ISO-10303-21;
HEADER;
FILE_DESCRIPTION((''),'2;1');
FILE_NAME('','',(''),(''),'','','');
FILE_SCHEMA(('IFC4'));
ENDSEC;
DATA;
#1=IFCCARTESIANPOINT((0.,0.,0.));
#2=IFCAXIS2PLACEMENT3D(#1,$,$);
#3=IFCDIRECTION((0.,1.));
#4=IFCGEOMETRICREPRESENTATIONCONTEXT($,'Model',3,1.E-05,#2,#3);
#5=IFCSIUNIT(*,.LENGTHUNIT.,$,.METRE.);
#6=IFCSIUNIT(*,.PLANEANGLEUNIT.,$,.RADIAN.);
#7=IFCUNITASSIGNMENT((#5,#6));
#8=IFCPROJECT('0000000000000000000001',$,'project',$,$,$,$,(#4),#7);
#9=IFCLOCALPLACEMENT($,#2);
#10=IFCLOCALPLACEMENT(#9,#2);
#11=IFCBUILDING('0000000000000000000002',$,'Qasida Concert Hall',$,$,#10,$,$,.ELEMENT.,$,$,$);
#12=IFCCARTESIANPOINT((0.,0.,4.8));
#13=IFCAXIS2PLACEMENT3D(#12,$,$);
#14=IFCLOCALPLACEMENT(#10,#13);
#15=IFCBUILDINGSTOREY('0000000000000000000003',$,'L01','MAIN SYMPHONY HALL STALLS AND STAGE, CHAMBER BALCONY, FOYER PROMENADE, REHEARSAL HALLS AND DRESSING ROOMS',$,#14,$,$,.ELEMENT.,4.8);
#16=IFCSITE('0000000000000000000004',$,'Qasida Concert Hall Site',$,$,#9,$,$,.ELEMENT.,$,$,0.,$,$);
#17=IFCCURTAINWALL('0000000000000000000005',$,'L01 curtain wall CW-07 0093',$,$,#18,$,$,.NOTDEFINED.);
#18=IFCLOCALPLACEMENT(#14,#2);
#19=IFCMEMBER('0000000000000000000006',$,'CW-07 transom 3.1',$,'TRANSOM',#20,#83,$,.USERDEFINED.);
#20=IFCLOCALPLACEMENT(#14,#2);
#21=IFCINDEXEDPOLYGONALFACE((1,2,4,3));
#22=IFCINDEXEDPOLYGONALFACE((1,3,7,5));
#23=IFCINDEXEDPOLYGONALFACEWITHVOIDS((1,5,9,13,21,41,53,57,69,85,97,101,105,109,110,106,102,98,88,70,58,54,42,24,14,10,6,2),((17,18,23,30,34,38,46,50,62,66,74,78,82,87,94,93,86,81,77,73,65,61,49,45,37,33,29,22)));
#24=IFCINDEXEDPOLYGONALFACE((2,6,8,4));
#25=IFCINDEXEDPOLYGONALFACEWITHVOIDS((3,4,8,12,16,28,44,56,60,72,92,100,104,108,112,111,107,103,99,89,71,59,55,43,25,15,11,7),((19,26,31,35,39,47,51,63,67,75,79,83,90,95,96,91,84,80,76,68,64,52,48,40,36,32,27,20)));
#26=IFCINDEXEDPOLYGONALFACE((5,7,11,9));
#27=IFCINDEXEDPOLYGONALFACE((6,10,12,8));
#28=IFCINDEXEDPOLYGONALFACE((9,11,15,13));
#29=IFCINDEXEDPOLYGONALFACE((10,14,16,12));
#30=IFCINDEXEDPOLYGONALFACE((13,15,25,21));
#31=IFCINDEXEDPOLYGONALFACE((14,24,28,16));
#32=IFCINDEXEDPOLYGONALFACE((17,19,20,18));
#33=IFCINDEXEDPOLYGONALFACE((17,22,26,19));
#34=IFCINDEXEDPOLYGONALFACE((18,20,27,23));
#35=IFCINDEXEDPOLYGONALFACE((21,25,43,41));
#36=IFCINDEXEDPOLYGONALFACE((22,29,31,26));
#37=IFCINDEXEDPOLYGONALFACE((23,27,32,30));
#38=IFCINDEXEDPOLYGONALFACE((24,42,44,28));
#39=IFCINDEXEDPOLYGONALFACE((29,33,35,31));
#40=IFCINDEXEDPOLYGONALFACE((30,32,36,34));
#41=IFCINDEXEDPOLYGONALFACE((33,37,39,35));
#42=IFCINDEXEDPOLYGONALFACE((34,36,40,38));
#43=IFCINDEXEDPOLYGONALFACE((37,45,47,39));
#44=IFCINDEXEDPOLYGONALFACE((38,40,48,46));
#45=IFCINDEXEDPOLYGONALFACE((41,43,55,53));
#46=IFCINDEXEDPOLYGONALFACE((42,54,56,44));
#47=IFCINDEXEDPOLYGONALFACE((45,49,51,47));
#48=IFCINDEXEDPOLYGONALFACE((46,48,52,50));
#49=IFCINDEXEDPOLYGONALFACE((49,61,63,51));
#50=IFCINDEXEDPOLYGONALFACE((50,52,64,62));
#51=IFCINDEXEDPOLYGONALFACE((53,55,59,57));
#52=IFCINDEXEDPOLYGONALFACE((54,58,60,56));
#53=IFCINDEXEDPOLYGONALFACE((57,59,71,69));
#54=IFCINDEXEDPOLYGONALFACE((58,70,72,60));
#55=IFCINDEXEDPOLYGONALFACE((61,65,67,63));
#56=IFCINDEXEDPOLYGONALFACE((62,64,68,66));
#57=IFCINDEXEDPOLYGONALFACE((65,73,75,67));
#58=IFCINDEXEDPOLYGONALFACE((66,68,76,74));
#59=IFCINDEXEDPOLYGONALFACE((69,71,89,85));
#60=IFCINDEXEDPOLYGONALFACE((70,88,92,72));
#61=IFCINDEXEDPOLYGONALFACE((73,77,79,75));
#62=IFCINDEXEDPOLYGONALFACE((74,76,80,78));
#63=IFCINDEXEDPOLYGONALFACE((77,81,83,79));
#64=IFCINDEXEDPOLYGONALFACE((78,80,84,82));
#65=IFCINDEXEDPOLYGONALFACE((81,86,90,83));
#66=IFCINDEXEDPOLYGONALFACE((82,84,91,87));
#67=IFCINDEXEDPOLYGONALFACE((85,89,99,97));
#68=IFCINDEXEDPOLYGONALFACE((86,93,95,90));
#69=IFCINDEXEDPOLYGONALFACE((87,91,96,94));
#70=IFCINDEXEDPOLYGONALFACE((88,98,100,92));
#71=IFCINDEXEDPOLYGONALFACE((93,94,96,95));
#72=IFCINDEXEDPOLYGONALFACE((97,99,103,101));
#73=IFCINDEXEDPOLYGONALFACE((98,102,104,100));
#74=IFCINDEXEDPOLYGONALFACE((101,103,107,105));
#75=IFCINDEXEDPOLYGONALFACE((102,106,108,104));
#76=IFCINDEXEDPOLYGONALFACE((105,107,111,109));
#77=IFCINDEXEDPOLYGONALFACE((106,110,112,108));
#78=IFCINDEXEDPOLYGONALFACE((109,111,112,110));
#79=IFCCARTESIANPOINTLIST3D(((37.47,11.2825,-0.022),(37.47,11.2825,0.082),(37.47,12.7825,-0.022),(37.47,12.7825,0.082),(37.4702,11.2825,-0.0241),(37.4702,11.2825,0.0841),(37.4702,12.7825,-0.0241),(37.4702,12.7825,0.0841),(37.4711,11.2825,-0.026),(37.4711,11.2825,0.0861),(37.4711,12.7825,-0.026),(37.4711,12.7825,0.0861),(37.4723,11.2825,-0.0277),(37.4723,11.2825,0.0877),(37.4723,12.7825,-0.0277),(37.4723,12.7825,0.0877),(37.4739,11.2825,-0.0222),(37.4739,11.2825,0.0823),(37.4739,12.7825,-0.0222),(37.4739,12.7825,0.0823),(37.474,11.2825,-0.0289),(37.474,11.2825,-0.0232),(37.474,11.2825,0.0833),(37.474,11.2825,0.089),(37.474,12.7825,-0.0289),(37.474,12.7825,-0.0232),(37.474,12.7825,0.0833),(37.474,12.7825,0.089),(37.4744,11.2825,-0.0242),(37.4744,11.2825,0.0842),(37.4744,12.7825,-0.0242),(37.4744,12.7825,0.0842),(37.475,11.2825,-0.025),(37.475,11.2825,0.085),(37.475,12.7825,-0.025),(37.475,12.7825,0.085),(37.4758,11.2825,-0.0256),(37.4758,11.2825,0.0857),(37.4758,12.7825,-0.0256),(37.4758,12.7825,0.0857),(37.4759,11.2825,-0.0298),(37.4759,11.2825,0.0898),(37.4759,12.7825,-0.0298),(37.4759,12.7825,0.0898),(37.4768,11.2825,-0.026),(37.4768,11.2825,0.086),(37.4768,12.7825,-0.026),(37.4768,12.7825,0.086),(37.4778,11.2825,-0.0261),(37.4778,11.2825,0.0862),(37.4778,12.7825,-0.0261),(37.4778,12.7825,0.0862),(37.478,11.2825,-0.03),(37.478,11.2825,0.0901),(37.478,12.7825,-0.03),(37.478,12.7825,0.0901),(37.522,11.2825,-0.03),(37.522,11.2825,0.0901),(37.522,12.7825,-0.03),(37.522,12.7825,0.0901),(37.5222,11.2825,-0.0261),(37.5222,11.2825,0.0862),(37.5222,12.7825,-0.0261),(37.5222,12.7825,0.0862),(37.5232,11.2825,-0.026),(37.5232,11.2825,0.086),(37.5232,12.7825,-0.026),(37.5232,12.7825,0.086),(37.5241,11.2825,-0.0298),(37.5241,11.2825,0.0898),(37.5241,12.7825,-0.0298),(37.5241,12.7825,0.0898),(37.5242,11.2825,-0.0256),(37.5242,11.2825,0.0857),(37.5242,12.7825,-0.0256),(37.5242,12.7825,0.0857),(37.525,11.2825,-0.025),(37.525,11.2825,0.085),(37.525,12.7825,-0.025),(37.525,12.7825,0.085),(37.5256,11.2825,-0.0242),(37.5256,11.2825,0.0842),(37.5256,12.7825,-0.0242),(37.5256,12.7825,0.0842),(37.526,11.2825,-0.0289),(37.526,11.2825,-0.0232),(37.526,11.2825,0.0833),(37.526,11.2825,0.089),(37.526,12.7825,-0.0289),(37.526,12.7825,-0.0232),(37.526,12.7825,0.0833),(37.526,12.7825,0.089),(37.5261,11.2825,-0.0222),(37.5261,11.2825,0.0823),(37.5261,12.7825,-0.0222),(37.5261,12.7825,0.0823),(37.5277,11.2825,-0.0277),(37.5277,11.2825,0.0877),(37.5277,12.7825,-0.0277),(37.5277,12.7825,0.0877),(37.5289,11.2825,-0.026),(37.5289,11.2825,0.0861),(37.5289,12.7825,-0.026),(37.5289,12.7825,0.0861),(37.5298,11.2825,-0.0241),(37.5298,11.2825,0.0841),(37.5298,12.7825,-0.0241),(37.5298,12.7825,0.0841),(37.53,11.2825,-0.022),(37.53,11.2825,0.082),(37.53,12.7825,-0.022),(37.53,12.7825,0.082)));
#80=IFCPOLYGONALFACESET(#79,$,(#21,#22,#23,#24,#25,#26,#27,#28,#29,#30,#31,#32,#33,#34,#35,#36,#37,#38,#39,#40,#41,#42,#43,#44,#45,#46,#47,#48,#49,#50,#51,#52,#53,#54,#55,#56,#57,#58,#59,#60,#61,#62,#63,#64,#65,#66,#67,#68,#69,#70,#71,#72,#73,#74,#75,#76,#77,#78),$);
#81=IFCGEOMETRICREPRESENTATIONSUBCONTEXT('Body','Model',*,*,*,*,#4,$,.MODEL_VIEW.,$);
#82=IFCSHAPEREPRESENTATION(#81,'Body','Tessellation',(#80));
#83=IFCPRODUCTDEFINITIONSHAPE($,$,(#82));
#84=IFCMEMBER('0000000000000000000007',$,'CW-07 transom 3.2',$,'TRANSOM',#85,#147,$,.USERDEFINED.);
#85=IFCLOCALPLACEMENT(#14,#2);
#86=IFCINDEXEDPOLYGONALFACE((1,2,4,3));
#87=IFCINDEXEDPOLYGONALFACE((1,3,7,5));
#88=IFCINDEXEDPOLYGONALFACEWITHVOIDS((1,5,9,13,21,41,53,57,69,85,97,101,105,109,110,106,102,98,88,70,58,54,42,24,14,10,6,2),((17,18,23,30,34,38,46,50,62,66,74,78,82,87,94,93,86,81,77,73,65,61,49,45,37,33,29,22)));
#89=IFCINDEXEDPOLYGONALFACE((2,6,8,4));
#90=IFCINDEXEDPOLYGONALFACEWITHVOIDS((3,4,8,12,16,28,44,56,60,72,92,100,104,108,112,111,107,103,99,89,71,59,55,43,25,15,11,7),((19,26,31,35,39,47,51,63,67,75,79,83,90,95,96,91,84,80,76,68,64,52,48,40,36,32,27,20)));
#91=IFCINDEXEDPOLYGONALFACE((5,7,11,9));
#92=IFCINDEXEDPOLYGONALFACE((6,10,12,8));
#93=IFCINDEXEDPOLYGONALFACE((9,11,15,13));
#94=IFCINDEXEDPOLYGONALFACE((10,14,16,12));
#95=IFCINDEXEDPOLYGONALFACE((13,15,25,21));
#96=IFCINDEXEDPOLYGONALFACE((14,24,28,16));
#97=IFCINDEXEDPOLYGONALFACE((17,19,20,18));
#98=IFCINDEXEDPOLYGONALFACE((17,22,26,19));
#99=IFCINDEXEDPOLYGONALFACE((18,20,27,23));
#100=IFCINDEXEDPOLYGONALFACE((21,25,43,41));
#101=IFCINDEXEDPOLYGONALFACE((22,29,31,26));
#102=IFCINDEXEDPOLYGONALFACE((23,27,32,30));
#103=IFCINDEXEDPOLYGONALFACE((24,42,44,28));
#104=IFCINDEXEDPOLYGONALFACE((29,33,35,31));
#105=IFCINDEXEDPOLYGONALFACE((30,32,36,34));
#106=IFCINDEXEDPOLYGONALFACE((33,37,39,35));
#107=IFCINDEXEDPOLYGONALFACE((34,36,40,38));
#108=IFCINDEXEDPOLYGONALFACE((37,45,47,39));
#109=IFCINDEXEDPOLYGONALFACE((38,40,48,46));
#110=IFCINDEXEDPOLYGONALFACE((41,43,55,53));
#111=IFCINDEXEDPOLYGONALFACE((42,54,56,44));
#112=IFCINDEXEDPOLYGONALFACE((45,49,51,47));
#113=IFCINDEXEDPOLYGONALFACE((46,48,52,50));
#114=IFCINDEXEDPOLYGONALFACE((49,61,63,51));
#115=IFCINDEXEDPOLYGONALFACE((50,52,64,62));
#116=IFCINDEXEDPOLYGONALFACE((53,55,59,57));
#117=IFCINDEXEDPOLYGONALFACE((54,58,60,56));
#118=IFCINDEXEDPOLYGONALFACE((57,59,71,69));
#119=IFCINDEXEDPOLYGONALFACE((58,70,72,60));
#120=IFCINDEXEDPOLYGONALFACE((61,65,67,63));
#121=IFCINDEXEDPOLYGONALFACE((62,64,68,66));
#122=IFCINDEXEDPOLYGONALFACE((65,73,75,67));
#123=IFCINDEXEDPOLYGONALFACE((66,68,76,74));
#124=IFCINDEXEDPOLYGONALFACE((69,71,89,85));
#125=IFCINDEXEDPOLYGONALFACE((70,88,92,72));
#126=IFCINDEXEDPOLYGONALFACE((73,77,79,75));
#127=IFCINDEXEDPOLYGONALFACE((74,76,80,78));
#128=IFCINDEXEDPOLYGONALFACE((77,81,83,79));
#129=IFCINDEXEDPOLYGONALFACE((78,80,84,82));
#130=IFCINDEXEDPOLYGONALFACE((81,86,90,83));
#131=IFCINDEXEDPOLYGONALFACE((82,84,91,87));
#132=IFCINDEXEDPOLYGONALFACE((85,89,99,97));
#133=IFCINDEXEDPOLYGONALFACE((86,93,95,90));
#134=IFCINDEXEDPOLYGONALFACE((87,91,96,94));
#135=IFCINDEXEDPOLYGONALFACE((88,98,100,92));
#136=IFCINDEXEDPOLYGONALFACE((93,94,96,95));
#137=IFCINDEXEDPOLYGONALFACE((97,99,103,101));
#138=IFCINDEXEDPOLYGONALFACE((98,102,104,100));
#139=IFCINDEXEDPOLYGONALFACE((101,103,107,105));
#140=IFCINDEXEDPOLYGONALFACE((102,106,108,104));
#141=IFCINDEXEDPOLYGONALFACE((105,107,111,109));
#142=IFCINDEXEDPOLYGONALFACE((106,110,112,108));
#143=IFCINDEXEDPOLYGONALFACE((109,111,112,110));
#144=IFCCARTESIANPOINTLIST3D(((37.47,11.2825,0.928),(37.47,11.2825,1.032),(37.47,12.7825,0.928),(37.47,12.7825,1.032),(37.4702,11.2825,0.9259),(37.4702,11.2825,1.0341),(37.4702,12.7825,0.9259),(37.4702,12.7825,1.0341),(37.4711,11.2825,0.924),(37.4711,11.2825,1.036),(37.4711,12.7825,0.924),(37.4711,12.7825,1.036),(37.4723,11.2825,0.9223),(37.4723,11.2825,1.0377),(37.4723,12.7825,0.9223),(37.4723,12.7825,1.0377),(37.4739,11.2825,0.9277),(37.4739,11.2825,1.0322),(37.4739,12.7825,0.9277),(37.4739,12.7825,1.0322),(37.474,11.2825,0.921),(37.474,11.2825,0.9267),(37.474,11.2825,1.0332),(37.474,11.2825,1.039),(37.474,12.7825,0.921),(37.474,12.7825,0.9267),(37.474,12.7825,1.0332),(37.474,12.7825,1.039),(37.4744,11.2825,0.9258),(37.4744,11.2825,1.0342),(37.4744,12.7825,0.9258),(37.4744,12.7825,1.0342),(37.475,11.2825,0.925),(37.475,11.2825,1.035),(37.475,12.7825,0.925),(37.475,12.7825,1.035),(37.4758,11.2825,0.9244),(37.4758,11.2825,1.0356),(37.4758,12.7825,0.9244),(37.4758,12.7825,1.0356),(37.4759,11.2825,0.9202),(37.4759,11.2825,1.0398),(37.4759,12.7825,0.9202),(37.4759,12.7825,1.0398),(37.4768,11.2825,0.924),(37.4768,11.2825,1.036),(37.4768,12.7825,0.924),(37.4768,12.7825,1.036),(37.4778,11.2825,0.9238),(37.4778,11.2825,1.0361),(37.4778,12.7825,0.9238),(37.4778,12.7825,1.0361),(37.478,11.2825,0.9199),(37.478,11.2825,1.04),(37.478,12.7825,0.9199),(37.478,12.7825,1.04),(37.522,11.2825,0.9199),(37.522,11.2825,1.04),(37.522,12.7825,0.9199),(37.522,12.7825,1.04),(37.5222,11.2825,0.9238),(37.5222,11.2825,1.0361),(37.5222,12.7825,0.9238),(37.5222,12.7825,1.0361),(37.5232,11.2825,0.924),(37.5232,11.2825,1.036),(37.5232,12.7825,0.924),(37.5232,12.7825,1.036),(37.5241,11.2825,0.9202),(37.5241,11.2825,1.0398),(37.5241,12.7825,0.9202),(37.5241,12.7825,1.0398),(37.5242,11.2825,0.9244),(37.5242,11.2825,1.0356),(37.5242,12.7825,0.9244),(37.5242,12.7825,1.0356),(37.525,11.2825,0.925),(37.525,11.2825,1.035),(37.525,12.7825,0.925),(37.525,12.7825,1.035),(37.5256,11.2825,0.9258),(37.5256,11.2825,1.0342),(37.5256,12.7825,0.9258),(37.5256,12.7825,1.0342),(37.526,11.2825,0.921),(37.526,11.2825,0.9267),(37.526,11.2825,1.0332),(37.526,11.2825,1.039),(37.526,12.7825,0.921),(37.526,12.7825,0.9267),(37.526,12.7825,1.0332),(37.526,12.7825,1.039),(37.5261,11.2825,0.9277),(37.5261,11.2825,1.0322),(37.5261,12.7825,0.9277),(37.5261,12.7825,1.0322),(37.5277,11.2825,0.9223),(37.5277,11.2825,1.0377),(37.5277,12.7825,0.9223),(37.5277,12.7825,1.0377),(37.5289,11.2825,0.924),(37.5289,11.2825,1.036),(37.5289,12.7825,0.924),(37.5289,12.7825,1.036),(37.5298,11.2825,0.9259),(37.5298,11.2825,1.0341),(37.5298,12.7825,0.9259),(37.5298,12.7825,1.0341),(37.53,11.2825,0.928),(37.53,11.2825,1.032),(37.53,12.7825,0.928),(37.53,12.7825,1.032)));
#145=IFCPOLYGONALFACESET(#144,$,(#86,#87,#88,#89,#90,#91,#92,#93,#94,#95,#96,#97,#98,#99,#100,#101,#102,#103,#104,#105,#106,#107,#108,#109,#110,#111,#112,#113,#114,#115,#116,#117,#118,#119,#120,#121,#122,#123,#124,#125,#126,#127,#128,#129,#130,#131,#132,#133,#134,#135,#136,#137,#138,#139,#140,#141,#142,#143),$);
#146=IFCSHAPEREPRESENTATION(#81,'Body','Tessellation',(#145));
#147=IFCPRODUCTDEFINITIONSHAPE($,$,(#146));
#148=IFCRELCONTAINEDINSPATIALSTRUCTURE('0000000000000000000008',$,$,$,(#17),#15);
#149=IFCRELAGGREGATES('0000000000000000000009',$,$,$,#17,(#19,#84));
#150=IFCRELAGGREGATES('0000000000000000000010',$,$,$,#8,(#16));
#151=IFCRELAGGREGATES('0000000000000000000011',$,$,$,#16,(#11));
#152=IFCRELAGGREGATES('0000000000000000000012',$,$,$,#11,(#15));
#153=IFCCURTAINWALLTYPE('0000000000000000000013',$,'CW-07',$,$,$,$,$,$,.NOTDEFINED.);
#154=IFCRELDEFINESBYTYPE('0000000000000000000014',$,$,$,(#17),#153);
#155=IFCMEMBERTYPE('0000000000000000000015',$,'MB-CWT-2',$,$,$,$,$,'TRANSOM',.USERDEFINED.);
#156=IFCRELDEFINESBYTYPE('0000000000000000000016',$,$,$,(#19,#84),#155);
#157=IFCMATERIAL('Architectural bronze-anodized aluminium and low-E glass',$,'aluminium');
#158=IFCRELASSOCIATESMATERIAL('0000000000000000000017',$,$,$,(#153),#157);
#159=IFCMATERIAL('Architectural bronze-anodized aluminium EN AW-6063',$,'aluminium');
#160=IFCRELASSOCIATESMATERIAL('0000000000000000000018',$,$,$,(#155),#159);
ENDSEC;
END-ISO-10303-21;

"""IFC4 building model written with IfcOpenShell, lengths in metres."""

from ifc_helpers import new_model, si_unit, direction, frame, origin, origin_2d, place, context, subcontext, project, spatial, hollow_rectangle, extrude, material, material_profile, profile_set, type_object, element, aggregate, save


model = new_model("IFC4")

# Units and contexts
model_context = context("Model", 3, precision=1e-05, world=origin(), true_north=direction((0.0, 1.0)))
body_context = subcontext(model_context, "Body", "Model", "MODEL_VIEW")
ifc_project = project(units=[si_unit("LENGTHUNIT", "METRE"), si_unit("PLANEANGLEUNIT", "RADIAN")], contexts=[model_context])

# Site, building, storey
site_placement = place(None, origin())
site = spatial("IfcSite", under=ifc_project, at=site_placement, Name="Qasida Concert Hall Site", CompositionType="ELEMENT", RefElevation=0.0)
building_placement = place(site_placement, origin())
building = spatial("IfcBuilding", under=site, at=building_placement, Name="Qasida Concert Hall", CompositionType="ELEMENT")
storey_placement = place(building_placement, frame((0.0, 0.0, 4.8)))
storey = spatial("IfcBuildingStorey", under=building, at=storey_placement, Name="L01", Description="MAIN SYMPHONY HALL STALLS AND STAGE, CHAMBER BALCONY, FOYER PROMENADE, REHEARSAL HALLS AND DRESSING ROOMS", CompositionType="ELEMENT", Elevation=4.8)

# Curtain wall
ifc_material_1 = material(Name="Architectural bronze-anodized aluminium and low-E glass", Category="aluminium")
curtain_wall_type = type_object("IfcCurtainWallType", Name="CW-07", PredefinedType="NOTDEFINED", material=ifc_material_1)
curtain_wall_1_placement = place(storey_placement, origin())
curtain_wall_1 = element("IfcCurtainWall", 1, at=curtain_wall_1_placement, inside=storey, type_object=curtain_wall_type, Name="L01 curtain wall CW-07 0093", PredefinedType="NOTDEFINED")
ifc_material_2 = material(Name="Architectural bronze-anodized aluminium EN AW-6063", Category="aluminium")

# Members
ifc_material_profile_1 = material_profile(ifc_material_2, hollow_rectangle(XDim=0.0601, YDim=0.1201, WallThickness=0.0039, InnerFilletRadius=0.0039, OuterFilletRadius=0.0081, at=origin_2d()), Name="CWT 120x60x4")
ifc_profile_set_1 = profile_set([ifc_material_profile_1], Name="Architectural bronze-anodized aluminium EN AW-6063")
member_type_1 = type_object("IfcMemberType", Name="MB-CWT-2", ElementType="TRANSOM", PredefinedType="USERDEFINED", material=ifc_profile_set_1)
member_1_placement = place(storey_placement, frame((37.5, 11.2825, 0.03), z_axis=(0.0, 1.0, 0.0), x_axis=(-1.0, 0.0, 0.0)))
member_1 = element("IfcMember", 2, at=member_1_placement, type_object=member_type_1, Name="CW-07 transom 3.1", ObjectType="TRANSOM", PredefinedType="USERDEFINED", context=body_context, shape_type="SweptSolid", body=[
    extrude(hollow_rectangle(XDim=0.0601, YDim=0.1201, WallThickness=0.0039, InnerFilletRadius=0.0039, OuterFilletRadius=0.0081, at=origin_2d()), origin(), (0.0, 0.0, 1.0), 1.5),
])
member_2_placement = place(storey_placement, frame((37.5, 11.2825, 0.98), z_axis=(0.0, 1.0, 0.0), x_axis=(-1.0, 0.0, 0.0)))
member_2 = element("IfcMember", 3, at=member_2_placement, type_object=member_type_1, Name="CW-07 transom 3.2", ObjectType="TRANSOM", PredefinedType="USERDEFINED", context=body_context, shape_type="SweptSolid", body=[
    extrude(hollow_rectangle(XDim=0.0601, YDim=0.1201, WallThickness=0.0039, InnerFilletRadius=0.0039, OuterFilletRadius=0.0081, at=origin_2d()), origin(), (0.0, 0.0, 1.0), 1.5),
])

aggregate(curtain_wall_1, [member_1, member_2])

save(model, "model.ifc")
